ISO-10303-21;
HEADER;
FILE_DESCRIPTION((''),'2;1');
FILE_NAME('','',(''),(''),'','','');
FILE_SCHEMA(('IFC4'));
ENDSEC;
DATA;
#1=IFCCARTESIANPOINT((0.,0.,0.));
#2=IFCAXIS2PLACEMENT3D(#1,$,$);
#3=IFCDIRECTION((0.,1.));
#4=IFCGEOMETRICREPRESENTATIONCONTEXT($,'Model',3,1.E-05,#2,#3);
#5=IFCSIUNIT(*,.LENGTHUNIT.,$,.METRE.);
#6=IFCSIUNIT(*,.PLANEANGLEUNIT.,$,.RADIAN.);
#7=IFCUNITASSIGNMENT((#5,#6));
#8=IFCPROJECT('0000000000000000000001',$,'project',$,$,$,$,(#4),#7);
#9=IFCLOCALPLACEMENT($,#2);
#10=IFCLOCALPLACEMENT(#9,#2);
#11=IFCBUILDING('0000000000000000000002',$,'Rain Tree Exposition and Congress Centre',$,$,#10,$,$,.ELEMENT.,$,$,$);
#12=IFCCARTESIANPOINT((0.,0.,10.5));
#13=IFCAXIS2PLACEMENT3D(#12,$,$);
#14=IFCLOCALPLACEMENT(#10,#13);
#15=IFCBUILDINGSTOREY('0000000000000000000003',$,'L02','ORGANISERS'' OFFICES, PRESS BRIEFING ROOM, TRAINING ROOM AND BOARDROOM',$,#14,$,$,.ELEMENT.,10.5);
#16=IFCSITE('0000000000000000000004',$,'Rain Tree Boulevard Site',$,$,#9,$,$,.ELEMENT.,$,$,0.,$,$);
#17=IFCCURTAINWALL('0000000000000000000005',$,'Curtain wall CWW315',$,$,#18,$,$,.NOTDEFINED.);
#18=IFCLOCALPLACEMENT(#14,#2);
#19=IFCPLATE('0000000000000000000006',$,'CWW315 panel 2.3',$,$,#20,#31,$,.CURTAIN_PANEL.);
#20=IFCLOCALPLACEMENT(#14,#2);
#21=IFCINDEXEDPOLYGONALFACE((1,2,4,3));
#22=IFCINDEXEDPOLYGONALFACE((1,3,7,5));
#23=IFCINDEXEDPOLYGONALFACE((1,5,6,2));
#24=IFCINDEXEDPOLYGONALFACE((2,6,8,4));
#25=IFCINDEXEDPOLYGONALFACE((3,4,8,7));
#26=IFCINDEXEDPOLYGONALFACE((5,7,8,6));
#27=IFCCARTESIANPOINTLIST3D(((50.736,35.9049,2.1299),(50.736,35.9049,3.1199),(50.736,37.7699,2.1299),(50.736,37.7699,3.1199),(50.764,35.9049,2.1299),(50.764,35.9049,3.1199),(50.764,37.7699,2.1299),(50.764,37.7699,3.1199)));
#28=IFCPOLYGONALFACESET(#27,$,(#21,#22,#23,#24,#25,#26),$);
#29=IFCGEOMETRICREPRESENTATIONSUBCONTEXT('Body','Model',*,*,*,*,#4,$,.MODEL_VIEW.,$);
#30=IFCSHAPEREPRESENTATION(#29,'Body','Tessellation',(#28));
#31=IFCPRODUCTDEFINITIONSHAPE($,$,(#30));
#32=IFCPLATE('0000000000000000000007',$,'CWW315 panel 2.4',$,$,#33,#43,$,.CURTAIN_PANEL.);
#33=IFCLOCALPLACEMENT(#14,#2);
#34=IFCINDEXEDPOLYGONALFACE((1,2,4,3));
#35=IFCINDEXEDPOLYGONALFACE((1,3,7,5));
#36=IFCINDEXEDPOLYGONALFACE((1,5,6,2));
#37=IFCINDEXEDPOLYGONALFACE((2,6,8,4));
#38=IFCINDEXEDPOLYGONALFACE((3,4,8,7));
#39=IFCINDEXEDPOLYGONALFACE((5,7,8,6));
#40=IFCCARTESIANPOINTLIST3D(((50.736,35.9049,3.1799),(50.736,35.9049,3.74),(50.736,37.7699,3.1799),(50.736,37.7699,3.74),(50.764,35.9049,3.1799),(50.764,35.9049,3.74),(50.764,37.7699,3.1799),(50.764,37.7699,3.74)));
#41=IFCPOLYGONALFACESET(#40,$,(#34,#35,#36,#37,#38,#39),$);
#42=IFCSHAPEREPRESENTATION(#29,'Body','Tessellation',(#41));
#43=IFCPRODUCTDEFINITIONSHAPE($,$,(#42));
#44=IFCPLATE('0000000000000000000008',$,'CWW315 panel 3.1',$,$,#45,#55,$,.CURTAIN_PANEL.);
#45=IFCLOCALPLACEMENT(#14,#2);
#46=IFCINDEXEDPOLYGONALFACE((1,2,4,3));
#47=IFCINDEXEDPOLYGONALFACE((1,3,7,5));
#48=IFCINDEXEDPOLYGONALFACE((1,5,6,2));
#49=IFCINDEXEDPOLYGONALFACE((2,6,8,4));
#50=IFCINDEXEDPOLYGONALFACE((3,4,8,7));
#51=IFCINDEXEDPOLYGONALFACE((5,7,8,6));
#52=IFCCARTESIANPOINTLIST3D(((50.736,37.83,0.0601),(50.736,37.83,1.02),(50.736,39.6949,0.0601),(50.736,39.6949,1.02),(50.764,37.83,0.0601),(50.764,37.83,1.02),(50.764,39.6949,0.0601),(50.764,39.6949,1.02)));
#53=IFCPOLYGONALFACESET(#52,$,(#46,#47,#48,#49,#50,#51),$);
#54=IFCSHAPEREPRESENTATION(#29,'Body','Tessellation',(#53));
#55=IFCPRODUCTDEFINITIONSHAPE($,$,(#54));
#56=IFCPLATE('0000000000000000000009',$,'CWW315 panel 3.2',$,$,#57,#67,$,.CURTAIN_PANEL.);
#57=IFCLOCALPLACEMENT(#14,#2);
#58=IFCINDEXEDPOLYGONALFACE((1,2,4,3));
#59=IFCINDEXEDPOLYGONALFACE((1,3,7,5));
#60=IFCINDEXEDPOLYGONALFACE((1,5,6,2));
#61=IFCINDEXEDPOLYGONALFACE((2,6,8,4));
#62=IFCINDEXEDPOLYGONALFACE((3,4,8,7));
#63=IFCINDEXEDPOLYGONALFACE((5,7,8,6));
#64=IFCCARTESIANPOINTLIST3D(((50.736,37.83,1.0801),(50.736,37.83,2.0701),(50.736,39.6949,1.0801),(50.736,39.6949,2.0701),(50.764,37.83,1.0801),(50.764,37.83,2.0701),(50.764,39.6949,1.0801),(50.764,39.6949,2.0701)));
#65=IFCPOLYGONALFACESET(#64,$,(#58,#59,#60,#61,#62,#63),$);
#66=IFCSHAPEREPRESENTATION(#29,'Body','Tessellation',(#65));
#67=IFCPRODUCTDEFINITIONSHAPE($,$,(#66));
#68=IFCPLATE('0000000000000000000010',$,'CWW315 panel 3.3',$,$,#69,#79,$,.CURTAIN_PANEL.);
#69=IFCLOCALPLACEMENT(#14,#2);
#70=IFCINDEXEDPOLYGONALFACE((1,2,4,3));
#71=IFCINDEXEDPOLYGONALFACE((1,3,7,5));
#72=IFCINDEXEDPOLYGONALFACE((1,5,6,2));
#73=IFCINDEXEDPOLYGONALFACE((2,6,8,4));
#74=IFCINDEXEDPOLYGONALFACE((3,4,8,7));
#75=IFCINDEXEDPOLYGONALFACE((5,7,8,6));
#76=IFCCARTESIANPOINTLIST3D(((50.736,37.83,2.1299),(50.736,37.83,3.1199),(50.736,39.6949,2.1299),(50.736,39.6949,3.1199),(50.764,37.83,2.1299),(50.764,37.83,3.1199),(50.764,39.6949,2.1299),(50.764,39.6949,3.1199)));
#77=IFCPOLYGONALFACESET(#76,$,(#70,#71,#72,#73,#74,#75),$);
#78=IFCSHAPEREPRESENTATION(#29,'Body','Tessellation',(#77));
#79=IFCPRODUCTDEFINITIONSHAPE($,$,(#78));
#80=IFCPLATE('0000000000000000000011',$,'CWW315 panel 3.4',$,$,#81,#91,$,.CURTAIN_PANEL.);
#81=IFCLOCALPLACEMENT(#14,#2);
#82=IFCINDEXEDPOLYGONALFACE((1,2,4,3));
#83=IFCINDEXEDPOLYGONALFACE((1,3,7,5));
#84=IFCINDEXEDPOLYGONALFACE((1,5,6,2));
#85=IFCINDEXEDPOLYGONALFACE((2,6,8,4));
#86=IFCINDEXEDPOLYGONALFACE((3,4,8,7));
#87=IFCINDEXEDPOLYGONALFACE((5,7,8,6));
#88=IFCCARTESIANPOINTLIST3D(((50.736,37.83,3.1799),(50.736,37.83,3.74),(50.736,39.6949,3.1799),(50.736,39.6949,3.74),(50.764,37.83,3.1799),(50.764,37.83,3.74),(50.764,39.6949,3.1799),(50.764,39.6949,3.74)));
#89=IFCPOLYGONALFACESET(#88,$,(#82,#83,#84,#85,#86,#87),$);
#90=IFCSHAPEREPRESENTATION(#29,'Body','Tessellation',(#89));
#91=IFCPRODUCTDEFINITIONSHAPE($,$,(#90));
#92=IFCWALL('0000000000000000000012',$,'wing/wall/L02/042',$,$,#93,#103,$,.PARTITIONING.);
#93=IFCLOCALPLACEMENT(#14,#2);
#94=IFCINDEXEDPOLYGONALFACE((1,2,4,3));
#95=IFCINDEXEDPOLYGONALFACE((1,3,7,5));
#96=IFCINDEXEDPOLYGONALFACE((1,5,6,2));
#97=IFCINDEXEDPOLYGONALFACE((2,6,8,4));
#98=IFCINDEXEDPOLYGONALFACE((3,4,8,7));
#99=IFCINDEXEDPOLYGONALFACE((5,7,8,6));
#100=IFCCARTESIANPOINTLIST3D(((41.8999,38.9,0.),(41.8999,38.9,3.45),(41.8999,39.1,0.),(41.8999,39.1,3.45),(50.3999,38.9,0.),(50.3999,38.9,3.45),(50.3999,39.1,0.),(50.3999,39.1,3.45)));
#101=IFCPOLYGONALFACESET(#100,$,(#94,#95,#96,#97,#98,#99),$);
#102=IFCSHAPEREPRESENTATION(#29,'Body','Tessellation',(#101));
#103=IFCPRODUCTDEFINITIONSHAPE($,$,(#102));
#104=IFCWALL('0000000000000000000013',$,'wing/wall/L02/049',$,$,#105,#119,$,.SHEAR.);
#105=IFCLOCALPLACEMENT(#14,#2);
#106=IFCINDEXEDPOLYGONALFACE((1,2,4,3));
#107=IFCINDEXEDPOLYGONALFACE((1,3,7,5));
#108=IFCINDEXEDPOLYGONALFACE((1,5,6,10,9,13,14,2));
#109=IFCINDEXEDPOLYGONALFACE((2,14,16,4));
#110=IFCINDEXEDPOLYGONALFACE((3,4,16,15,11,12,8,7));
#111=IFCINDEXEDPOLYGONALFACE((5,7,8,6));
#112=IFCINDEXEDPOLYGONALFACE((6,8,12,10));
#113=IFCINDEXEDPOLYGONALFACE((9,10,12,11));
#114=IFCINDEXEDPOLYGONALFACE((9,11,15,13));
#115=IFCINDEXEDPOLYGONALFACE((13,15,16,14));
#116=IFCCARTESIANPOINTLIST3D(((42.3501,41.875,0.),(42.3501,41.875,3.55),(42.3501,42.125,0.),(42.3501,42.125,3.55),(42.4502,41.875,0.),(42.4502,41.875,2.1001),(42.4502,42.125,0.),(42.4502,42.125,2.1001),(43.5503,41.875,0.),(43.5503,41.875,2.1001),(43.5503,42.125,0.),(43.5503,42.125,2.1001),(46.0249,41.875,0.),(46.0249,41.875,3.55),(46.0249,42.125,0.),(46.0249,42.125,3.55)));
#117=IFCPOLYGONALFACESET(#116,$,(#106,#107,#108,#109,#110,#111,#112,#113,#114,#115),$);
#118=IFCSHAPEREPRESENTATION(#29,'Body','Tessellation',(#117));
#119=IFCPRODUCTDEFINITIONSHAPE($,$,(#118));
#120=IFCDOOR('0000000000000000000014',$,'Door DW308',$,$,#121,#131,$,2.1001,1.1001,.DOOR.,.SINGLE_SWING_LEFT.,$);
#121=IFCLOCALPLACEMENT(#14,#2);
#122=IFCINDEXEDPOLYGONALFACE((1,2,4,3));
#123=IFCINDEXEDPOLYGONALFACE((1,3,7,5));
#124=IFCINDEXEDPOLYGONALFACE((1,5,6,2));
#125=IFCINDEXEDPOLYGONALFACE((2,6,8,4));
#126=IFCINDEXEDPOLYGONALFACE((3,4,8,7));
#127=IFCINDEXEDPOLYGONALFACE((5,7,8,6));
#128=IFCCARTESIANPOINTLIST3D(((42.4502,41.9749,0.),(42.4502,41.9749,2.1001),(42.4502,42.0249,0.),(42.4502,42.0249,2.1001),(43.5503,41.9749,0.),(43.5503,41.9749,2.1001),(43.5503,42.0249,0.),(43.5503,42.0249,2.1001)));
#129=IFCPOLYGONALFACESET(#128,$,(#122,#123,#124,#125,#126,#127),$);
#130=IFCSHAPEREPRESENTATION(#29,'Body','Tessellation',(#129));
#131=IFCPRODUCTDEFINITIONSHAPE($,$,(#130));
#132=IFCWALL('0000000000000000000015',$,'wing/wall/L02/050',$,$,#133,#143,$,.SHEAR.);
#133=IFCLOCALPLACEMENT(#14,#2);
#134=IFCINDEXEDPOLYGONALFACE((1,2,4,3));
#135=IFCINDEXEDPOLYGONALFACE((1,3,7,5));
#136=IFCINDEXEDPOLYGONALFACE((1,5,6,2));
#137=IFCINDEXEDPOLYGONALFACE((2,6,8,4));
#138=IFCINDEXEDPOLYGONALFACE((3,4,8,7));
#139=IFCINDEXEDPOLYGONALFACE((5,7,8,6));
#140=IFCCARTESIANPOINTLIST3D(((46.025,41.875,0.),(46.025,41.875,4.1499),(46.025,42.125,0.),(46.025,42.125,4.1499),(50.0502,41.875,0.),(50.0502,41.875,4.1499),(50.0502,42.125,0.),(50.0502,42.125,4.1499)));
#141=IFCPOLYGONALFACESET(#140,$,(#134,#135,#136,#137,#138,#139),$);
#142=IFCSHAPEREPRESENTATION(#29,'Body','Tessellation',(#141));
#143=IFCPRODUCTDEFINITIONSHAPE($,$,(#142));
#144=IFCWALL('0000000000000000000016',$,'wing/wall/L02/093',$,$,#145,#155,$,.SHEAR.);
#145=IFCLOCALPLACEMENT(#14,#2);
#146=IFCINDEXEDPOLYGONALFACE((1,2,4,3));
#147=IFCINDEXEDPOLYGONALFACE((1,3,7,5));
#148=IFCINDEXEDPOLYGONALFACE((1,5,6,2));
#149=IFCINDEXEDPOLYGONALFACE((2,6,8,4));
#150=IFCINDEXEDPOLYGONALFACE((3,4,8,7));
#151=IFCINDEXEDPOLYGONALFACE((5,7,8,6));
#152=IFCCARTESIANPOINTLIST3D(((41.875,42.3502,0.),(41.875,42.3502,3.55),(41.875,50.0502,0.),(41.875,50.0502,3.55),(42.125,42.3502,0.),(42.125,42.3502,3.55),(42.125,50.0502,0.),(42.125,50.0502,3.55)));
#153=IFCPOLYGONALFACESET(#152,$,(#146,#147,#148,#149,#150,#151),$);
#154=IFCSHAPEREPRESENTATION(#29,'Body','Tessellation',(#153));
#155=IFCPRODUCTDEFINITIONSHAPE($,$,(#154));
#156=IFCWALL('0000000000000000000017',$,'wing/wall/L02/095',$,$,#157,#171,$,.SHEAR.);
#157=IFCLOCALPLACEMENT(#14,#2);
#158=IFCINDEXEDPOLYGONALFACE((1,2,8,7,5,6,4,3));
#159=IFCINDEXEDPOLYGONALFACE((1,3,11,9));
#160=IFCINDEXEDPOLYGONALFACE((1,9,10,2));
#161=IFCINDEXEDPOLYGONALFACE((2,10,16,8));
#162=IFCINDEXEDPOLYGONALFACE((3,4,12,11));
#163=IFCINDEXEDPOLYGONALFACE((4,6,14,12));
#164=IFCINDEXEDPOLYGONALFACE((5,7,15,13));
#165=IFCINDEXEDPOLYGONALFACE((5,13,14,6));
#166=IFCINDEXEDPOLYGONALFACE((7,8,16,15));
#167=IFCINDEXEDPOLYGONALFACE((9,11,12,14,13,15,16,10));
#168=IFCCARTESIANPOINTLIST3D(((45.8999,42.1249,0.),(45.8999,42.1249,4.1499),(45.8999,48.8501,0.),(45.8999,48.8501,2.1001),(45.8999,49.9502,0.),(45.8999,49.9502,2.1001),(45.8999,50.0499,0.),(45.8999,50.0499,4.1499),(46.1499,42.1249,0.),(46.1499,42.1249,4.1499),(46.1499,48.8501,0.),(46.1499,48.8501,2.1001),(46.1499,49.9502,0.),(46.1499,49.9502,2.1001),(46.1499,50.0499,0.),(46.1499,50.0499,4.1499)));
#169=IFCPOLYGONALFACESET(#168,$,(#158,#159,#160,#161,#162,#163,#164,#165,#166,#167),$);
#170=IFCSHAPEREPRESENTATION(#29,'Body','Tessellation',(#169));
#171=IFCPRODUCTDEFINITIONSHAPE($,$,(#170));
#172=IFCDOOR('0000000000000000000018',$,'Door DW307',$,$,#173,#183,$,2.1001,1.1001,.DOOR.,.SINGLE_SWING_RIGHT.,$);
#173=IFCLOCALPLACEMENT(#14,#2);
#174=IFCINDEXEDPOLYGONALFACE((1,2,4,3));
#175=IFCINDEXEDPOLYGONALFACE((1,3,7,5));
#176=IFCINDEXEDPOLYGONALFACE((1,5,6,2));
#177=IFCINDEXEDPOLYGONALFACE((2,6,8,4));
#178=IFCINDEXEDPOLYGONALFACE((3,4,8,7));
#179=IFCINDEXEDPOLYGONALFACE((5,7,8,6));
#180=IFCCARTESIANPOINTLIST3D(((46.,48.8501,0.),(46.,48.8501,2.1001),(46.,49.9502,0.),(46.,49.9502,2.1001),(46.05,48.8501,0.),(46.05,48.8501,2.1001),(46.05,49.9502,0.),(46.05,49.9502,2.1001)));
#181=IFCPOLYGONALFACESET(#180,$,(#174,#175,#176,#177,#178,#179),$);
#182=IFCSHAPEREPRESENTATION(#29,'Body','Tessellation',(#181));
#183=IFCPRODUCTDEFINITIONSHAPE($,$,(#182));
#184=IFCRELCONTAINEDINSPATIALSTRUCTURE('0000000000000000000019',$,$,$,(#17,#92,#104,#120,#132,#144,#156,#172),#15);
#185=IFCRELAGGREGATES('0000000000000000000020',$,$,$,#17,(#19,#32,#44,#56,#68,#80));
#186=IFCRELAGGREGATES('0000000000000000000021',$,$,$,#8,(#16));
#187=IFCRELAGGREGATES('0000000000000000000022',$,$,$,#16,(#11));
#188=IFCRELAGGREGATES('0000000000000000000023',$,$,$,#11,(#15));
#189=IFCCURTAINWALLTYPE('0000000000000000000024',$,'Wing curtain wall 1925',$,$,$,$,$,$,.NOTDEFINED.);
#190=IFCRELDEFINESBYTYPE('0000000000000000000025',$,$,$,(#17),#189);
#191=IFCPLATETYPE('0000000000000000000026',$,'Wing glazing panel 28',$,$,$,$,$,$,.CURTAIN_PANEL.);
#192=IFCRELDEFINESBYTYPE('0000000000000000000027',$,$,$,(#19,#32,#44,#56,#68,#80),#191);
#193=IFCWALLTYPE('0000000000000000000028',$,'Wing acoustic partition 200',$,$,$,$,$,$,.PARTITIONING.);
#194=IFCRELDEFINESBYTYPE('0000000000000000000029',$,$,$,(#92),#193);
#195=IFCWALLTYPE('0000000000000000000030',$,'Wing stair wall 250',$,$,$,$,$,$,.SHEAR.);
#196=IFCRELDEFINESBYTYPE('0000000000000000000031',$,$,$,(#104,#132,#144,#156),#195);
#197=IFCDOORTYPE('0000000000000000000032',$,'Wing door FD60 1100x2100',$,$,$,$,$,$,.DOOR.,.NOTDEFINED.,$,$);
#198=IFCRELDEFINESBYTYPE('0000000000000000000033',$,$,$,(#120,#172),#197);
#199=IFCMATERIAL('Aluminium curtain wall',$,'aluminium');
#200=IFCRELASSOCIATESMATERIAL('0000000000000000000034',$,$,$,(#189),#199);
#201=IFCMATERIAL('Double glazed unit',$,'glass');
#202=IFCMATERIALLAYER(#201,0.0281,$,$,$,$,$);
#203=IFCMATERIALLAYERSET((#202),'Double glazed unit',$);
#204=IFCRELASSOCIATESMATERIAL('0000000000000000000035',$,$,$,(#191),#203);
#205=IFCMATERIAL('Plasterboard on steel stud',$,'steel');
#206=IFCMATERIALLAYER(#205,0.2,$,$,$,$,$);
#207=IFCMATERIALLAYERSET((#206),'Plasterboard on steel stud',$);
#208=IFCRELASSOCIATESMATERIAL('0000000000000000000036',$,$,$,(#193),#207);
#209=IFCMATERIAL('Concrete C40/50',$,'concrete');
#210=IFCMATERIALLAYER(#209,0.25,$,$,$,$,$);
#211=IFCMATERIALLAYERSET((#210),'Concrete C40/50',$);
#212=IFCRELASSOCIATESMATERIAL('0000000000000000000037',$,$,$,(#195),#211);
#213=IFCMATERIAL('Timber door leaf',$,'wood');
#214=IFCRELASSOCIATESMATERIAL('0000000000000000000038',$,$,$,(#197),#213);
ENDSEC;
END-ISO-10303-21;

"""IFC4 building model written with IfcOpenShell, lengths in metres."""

from ifc_helpers import new_model, si_unit, direction, frame, frame_2d, origin, origin_2d, place, context, subcontext, project, spatial, rectangle, extrude, material, layer, layer_set, type_object, element, fill, aggregate, save


model = new_model("IFC4")

# Units and contexts
model_context = context("Model", 3, precision=1e-05, world=origin(), true_north=direction((0.0, 1.0)))
body_context = subcontext(model_context, "Body", "Model", "MODEL_VIEW")
ifc_project = project(units=[si_unit("LENGTHUNIT", "METRE"), si_unit("PLANEANGLEUNIT", "RADIAN")], contexts=[model_context])

# Site, building, storey
site_placement = place(None, origin())
site = spatial("IfcSite", under=ifc_project, at=site_placement, Name="Rain Tree Boulevard Site", CompositionType="ELEMENT", RefElevation=0.0)
building_placement = place(site_placement, origin())
building = spatial("IfcBuilding", under=site, at=building_placement, Name="Rain Tree Exposition and Congress Centre", CompositionType="ELEMENT")
storey_placement = place(building_placement, frame((0.0, 0.0, 10.5)))
storey = spatial("IfcBuildingStorey", under=building, at=storey_placement, Name="L02", Description="ORGANISERS' OFFICES, PRESS BRIEFING ROOM, TRAINING ROOM AND BOARDROOM", CompositionType="ELEMENT", Elevation=10.5)

# Curtain wall, plates
ifc_material_1 = material(Name="Aluminium curtain wall", Category="aluminium")
curtain_wall_type = type_object("IfcCurtainWallType", Name="Wing curtain wall 1925", PredefinedType="NOTDEFINED", material=ifc_material_1)
curtain_wall_placement = place(storey_placement, origin())
curtain_wall = element("IfcCurtainWall", 1, at=curtain_wall_placement, inside=storey, type_object=curtain_wall_type, Name="Curtain wall CWW315", PredefinedType="NOTDEFINED")
ifc_material_2 = material(Name="Double glazed unit", Category="glass")
ifc_layer_1 = layer(ifc_material_2, 0.0281)
ifc_layer_set_1 = layer_set([ifc_layer_1], Name="Double glazed unit")
plate_type = type_object("IfcPlateType", Name="Wing glazing panel 28", PredefinedType="CURTAIN_PANEL", material=ifc_layer_set_1)
plate_1_placement = place(storey_placement, frame((50.75, 36.8374, 2.1299), z_axis=(0.0, 0.0, 1.0), x_axis=(0.0, 1.0, 0.0)))
plate_1 = element("IfcPlate", 2, at=plate_1_placement, type_object=plate_type, Name="CWW315 panel 2.3", PredefinedType="CURTAIN_PANEL", context=body_context, shape_type="SweptSolid", body=[
    extrude(rectangle(XDim=1.865, YDim=0.0281, at=origin_2d()), origin(), (0.0, 0.0, 1.0), 0.99),
])
plate_2_placement = place(storey_placement, frame((50.75, 36.8374, 3.1799), z_axis=(0.0, 0.0, 1.0), x_axis=(0.0, 1.0, 0.0)))
plate_2 = element("IfcPlate", 3, at=plate_2_placement, type_object=plate_type, Name="CWW315 panel 2.4", PredefinedType="CURTAIN_PANEL", context=body_context, shape_type="SweptSolid", body=[
    extrude(rectangle(XDim=1.865, YDim=0.0281, at=origin_2d()), origin(), (0.0, 0.0, 1.0), 0.5601),
])
plate_3_placement = place(storey_placement, frame((50.75, 38.7625, 0.0601), z_axis=(0.0, 0.0, 1.0), x_axis=(0.0, 1.0, 0.0)))
plate_3 = element("IfcPlate", 4, at=plate_3_placement, type_object=plate_type, Name="CWW315 panel 3.1", PredefinedType="CURTAIN_PANEL", context=body_context, shape_type="SweptSolid", body=[
    extrude(rectangle(XDim=1.865, YDim=0.0281, at=origin_2d()), origin(), (0.0, 0.0, 1.0), 0.96),
])
plate_4_placement = place(storey_placement, frame((50.75, 38.7625, 1.0801), z_axis=(0.0, 0.0, 1.0), x_axis=(0.0, 1.0, 0.0)))
plate_4 = element("IfcPlate", 5, at=plate_4_placement, type_object=plate_type, Name="CWW315 panel 3.2", PredefinedType="CURTAIN_PANEL", context=body_context, shape_type="SweptSolid", body=[
    extrude(rectangle(XDim=1.865, YDim=0.0281, at=origin_2d()), origin(), (0.0, 0.0, 1.0), 0.99),
])
plate_5_placement = place(storey_placement, frame((50.75, 38.7625, 2.1299), z_axis=(0.0, 0.0, 1.0), x_axis=(0.0, 1.0, 0.0)))
plate_5 = element("IfcPlate", 6, at=plate_5_placement, type_object=plate_type, Name="CWW315 panel 3.3", PredefinedType="CURTAIN_PANEL", context=body_context, shape_type="SweptSolid", body=[
    extrude(rectangle(XDim=1.865, YDim=0.0281, at=origin_2d()), origin(), (0.0, 0.0, 1.0), 0.99),
])
plate_6_placement = place(storey_placement, frame((50.75, 38.7625, 3.1799), z_axis=(0.0, 0.0, 1.0), x_axis=(0.0, 1.0, 0.0)))
plate_6 = element("IfcPlate", 7, at=plate_6_placement, type_object=plate_type, Name="CWW315 panel 3.4", PredefinedType="CURTAIN_PANEL", context=body_context, shape_type="SweptSolid", body=[
    extrude(rectangle(XDim=1.865, YDim=0.0281, at=origin_2d()), origin(), (0.0, 0.0, 1.0), 0.5601),
])
aggregate(curtain_wall, [plate_1, plate_2, plate_3, plate_4, plate_5, plate_6])

# Wall
ifc_material_3 = material(Name="Plasterboard on steel stud", Category="steel")
ifc_layer_2 = layer(ifc_material_3, 0.2)
ifc_layer_set_2 = layer_set([ifc_layer_2], Name="Plasterboard on steel stud")
wall_type_1 = type_object("IfcWallType", Name="Wing acoustic partition 200", PredefinedType="PARTITIONING", material=ifc_layer_set_2)
wall_1_placement = place(storey_placement, frame((41.8999, 39.0, 0.0), z_axis=(0.0, 0.0, 1.0), x_axis=(1.0, 0.0, 0.0)))
element("IfcWall", 8, at=wall_1_placement, inside=storey, type_object=wall_type_1, Name="wing/wall/L02/042", PredefinedType="PARTITIONING", context=body_context, shape_type="SweptSolid", body=[
    extrude(rectangle(XDim=8.5, YDim=0.2, at=frame_2d((4.25, 0.0))), origin(), (0.0, 0.0, 1.0), 3.45),
])

# Wall, opening, door
ifc_material_4 = material(Name="Concrete C40/50", Category="concrete")
ifc_layer_3 = layer(ifc_material_4, 0.25)
ifc_layer_set_3 = layer_set([ifc_layer_3], Name="Concrete C40/50")
wall_type_2 = type_object("IfcWallType", Name="Wing stair wall 250", PredefinedType="SHEAR", material=ifc_layer_set_3)
wall_2_placement = place(storey_placement, frame((42.3501, 42.0, 0.0), z_axis=(0.0, 0.0, 1.0), x_axis=(1.0, 0.0, 0.0)))
wall_2 = element("IfcWall", 9, at=wall_2_placement, inside=storey, type_object=wall_type_2, Name="wing/wall/L02/049", PredefinedType="SHEAR", context=body_context, shape_type="SweptSolid", body=[
    extrude(rectangle(XDim=3.6748, YDim=0.25, at=frame_2d((1.8374, 0.0))), origin(), (0.0, 0.0, 1.0), 3.55),
])
opening_1_placement = place(wall_2_placement, frame((0.1001, 0.0, 0.0)))
opening_1 = element("IfcOpeningElement", 10, at=opening_1_placement, cuts=wall_2, PredefinedType="OPENING", context=body_context, shape_type="SweptSolid", body=[
    extrude(rectangle(XDim=1.1001, YDim=2.1001, at=frame_2d((0.55, 1.05))), frame((0.0, 0.125, 0.0), z_axis=(0.0, -1.0, 0.0), x_axis=(1.0, 0.0, 0.0)), (0.0, 0.0, 1.0), 0.25),
])
ifc_material_5 = material(Name="Timber door leaf", Category="wood")
door_type = type_object("IfcDoorType", Name="Wing door FD60 1100x2100", OperationType="NOTDEFINED", PredefinedType="DOOR", material=ifc_material_5)
door_1_placement = place(opening_1_placement, origin())
door_1 = element("IfcDoor", 11, at=door_1_placement, inside=storey, type_object=door_type, Name="Door DW308", OperationType="SINGLE_SWING_LEFT", OverallHeight=2.1001, OverallWidth=1.1001, PredefinedType="DOOR", context=body_context, shape_type="SweptSolid", body=[
    extrude(rectangle(XDim=1.1001, YDim=2.1001, at=frame_2d((0.55, 1.05))), frame((0.0, 0.0249, 0.0), z_axis=(0.0, -1.0, 0.0), x_axis=(1.0, 0.0, 0.0)), (0.0, 0.0, 1.0), 0.05),
])
fill(opening_1, door_1)

# Walls
wall_3_placement = place(storey_placement, frame((46.0249, 42.0, 0.0), z_axis=(0.0, 0.0, 1.0), x_axis=(1.0, 0.0, 0.0)))
element("IfcWall", 12, at=wall_3_placement, inside=storey, type_object=wall_type_2, Name="wing/wall/L02/050", PredefinedType="SHEAR", context=body_context, shape_type="SweptSolid", body=[
    extrude(rectangle(XDim=4.0251, YDim=0.25, at=frame_2d((2.0127, 0.0))), origin(), (0.0, 0.0, 1.0), 4.1499),
])
wall_4_placement = place(storey_placement, frame((42.0, 42.3501, 0.0), z_axis=(0.0, 0.0, 1.0), x_axis=(0.0, 1.0, 0.0)))
element("IfcWall", 13, at=wall_4_placement, inside=storey, type_object=wall_type_2, Name="wing/wall/L02/093", PredefinedType="SHEAR", context=body_context, shape_type="SweptSolid", body=[
    extrude(rectangle(XDim=7.7, YDim=0.25, at=frame_2d((3.8501, 0.0))), origin(), (0.0, 0.0, 1.0), 3.55),
])

# Wall, opening, door
wall_5_placement = place(storey_placement, frame((46.0249, 42.125, 0.0), z_axis=(0.0, 0.0, 1.0), x_axis=(0.0, 1.0, 0.0)))
wall_5 = element("IfcWall", 14, at=wall_5_placement, inside=storey, type_object=wall_type_2, Name="wing/wall/L02/095", PredefinedType="SHEAR", context=body_context, shape_type="SweptSolid", body=[
    extrude(rectangle(XDim=7.925, YDim=0.25, at=frame_2d((3.9624, 0.0))), origin(), (0.0, 0.0, 1.0), 4.1499),
])
opening_2_placement = place(wall_5_placement, frame((6.7251, 0.0, 0.0)))
opening_2 = element("IfcOpeningElement", 15, at=opening_2_placement, cuts=wall_5, PredefinedType="OPENING", context=body_context, shape_type="SweptSolid", body=[
    extrude(rectangle(XDim=1.1001, YDim=2.1001, at=frame_2d((0.55, 1.05))), frame((0.0, 0.125, 0.0), z_axis=(0.0, -1.0, 0.0), x_axis=(1.0, 0.0, 0.0)), (0.0, 0.0, 1.0), 0.25),
])
door_2_placement = place(opening_2_placement, origin())
door_2 = element("IfcDoor", 16, at=door_2_placement, inside=storey, type_object=door_type, Name="Door DW307", OperationType="SINGLE_SWING_RIGHT", OverallHeight=2.1001, OverallWidth=1.1001, PredefinedType="DOOR", context=body_context, shape_type="SweptSolid", body=[
    extrude(rectangle(XDim=1.1001, YDim=2.1001, at=frame_2d((0.55, 1.05))), frame((0.0, 0.0249, 0.0), z_axis=(0.0, -1.0, 0.0), x_axis=(1.0, 0.0, 0.0)), (0.0, 0.0, 1.0), 0.05),
])
fill(opening_2, door_2)

save(model, "model.ifc")
